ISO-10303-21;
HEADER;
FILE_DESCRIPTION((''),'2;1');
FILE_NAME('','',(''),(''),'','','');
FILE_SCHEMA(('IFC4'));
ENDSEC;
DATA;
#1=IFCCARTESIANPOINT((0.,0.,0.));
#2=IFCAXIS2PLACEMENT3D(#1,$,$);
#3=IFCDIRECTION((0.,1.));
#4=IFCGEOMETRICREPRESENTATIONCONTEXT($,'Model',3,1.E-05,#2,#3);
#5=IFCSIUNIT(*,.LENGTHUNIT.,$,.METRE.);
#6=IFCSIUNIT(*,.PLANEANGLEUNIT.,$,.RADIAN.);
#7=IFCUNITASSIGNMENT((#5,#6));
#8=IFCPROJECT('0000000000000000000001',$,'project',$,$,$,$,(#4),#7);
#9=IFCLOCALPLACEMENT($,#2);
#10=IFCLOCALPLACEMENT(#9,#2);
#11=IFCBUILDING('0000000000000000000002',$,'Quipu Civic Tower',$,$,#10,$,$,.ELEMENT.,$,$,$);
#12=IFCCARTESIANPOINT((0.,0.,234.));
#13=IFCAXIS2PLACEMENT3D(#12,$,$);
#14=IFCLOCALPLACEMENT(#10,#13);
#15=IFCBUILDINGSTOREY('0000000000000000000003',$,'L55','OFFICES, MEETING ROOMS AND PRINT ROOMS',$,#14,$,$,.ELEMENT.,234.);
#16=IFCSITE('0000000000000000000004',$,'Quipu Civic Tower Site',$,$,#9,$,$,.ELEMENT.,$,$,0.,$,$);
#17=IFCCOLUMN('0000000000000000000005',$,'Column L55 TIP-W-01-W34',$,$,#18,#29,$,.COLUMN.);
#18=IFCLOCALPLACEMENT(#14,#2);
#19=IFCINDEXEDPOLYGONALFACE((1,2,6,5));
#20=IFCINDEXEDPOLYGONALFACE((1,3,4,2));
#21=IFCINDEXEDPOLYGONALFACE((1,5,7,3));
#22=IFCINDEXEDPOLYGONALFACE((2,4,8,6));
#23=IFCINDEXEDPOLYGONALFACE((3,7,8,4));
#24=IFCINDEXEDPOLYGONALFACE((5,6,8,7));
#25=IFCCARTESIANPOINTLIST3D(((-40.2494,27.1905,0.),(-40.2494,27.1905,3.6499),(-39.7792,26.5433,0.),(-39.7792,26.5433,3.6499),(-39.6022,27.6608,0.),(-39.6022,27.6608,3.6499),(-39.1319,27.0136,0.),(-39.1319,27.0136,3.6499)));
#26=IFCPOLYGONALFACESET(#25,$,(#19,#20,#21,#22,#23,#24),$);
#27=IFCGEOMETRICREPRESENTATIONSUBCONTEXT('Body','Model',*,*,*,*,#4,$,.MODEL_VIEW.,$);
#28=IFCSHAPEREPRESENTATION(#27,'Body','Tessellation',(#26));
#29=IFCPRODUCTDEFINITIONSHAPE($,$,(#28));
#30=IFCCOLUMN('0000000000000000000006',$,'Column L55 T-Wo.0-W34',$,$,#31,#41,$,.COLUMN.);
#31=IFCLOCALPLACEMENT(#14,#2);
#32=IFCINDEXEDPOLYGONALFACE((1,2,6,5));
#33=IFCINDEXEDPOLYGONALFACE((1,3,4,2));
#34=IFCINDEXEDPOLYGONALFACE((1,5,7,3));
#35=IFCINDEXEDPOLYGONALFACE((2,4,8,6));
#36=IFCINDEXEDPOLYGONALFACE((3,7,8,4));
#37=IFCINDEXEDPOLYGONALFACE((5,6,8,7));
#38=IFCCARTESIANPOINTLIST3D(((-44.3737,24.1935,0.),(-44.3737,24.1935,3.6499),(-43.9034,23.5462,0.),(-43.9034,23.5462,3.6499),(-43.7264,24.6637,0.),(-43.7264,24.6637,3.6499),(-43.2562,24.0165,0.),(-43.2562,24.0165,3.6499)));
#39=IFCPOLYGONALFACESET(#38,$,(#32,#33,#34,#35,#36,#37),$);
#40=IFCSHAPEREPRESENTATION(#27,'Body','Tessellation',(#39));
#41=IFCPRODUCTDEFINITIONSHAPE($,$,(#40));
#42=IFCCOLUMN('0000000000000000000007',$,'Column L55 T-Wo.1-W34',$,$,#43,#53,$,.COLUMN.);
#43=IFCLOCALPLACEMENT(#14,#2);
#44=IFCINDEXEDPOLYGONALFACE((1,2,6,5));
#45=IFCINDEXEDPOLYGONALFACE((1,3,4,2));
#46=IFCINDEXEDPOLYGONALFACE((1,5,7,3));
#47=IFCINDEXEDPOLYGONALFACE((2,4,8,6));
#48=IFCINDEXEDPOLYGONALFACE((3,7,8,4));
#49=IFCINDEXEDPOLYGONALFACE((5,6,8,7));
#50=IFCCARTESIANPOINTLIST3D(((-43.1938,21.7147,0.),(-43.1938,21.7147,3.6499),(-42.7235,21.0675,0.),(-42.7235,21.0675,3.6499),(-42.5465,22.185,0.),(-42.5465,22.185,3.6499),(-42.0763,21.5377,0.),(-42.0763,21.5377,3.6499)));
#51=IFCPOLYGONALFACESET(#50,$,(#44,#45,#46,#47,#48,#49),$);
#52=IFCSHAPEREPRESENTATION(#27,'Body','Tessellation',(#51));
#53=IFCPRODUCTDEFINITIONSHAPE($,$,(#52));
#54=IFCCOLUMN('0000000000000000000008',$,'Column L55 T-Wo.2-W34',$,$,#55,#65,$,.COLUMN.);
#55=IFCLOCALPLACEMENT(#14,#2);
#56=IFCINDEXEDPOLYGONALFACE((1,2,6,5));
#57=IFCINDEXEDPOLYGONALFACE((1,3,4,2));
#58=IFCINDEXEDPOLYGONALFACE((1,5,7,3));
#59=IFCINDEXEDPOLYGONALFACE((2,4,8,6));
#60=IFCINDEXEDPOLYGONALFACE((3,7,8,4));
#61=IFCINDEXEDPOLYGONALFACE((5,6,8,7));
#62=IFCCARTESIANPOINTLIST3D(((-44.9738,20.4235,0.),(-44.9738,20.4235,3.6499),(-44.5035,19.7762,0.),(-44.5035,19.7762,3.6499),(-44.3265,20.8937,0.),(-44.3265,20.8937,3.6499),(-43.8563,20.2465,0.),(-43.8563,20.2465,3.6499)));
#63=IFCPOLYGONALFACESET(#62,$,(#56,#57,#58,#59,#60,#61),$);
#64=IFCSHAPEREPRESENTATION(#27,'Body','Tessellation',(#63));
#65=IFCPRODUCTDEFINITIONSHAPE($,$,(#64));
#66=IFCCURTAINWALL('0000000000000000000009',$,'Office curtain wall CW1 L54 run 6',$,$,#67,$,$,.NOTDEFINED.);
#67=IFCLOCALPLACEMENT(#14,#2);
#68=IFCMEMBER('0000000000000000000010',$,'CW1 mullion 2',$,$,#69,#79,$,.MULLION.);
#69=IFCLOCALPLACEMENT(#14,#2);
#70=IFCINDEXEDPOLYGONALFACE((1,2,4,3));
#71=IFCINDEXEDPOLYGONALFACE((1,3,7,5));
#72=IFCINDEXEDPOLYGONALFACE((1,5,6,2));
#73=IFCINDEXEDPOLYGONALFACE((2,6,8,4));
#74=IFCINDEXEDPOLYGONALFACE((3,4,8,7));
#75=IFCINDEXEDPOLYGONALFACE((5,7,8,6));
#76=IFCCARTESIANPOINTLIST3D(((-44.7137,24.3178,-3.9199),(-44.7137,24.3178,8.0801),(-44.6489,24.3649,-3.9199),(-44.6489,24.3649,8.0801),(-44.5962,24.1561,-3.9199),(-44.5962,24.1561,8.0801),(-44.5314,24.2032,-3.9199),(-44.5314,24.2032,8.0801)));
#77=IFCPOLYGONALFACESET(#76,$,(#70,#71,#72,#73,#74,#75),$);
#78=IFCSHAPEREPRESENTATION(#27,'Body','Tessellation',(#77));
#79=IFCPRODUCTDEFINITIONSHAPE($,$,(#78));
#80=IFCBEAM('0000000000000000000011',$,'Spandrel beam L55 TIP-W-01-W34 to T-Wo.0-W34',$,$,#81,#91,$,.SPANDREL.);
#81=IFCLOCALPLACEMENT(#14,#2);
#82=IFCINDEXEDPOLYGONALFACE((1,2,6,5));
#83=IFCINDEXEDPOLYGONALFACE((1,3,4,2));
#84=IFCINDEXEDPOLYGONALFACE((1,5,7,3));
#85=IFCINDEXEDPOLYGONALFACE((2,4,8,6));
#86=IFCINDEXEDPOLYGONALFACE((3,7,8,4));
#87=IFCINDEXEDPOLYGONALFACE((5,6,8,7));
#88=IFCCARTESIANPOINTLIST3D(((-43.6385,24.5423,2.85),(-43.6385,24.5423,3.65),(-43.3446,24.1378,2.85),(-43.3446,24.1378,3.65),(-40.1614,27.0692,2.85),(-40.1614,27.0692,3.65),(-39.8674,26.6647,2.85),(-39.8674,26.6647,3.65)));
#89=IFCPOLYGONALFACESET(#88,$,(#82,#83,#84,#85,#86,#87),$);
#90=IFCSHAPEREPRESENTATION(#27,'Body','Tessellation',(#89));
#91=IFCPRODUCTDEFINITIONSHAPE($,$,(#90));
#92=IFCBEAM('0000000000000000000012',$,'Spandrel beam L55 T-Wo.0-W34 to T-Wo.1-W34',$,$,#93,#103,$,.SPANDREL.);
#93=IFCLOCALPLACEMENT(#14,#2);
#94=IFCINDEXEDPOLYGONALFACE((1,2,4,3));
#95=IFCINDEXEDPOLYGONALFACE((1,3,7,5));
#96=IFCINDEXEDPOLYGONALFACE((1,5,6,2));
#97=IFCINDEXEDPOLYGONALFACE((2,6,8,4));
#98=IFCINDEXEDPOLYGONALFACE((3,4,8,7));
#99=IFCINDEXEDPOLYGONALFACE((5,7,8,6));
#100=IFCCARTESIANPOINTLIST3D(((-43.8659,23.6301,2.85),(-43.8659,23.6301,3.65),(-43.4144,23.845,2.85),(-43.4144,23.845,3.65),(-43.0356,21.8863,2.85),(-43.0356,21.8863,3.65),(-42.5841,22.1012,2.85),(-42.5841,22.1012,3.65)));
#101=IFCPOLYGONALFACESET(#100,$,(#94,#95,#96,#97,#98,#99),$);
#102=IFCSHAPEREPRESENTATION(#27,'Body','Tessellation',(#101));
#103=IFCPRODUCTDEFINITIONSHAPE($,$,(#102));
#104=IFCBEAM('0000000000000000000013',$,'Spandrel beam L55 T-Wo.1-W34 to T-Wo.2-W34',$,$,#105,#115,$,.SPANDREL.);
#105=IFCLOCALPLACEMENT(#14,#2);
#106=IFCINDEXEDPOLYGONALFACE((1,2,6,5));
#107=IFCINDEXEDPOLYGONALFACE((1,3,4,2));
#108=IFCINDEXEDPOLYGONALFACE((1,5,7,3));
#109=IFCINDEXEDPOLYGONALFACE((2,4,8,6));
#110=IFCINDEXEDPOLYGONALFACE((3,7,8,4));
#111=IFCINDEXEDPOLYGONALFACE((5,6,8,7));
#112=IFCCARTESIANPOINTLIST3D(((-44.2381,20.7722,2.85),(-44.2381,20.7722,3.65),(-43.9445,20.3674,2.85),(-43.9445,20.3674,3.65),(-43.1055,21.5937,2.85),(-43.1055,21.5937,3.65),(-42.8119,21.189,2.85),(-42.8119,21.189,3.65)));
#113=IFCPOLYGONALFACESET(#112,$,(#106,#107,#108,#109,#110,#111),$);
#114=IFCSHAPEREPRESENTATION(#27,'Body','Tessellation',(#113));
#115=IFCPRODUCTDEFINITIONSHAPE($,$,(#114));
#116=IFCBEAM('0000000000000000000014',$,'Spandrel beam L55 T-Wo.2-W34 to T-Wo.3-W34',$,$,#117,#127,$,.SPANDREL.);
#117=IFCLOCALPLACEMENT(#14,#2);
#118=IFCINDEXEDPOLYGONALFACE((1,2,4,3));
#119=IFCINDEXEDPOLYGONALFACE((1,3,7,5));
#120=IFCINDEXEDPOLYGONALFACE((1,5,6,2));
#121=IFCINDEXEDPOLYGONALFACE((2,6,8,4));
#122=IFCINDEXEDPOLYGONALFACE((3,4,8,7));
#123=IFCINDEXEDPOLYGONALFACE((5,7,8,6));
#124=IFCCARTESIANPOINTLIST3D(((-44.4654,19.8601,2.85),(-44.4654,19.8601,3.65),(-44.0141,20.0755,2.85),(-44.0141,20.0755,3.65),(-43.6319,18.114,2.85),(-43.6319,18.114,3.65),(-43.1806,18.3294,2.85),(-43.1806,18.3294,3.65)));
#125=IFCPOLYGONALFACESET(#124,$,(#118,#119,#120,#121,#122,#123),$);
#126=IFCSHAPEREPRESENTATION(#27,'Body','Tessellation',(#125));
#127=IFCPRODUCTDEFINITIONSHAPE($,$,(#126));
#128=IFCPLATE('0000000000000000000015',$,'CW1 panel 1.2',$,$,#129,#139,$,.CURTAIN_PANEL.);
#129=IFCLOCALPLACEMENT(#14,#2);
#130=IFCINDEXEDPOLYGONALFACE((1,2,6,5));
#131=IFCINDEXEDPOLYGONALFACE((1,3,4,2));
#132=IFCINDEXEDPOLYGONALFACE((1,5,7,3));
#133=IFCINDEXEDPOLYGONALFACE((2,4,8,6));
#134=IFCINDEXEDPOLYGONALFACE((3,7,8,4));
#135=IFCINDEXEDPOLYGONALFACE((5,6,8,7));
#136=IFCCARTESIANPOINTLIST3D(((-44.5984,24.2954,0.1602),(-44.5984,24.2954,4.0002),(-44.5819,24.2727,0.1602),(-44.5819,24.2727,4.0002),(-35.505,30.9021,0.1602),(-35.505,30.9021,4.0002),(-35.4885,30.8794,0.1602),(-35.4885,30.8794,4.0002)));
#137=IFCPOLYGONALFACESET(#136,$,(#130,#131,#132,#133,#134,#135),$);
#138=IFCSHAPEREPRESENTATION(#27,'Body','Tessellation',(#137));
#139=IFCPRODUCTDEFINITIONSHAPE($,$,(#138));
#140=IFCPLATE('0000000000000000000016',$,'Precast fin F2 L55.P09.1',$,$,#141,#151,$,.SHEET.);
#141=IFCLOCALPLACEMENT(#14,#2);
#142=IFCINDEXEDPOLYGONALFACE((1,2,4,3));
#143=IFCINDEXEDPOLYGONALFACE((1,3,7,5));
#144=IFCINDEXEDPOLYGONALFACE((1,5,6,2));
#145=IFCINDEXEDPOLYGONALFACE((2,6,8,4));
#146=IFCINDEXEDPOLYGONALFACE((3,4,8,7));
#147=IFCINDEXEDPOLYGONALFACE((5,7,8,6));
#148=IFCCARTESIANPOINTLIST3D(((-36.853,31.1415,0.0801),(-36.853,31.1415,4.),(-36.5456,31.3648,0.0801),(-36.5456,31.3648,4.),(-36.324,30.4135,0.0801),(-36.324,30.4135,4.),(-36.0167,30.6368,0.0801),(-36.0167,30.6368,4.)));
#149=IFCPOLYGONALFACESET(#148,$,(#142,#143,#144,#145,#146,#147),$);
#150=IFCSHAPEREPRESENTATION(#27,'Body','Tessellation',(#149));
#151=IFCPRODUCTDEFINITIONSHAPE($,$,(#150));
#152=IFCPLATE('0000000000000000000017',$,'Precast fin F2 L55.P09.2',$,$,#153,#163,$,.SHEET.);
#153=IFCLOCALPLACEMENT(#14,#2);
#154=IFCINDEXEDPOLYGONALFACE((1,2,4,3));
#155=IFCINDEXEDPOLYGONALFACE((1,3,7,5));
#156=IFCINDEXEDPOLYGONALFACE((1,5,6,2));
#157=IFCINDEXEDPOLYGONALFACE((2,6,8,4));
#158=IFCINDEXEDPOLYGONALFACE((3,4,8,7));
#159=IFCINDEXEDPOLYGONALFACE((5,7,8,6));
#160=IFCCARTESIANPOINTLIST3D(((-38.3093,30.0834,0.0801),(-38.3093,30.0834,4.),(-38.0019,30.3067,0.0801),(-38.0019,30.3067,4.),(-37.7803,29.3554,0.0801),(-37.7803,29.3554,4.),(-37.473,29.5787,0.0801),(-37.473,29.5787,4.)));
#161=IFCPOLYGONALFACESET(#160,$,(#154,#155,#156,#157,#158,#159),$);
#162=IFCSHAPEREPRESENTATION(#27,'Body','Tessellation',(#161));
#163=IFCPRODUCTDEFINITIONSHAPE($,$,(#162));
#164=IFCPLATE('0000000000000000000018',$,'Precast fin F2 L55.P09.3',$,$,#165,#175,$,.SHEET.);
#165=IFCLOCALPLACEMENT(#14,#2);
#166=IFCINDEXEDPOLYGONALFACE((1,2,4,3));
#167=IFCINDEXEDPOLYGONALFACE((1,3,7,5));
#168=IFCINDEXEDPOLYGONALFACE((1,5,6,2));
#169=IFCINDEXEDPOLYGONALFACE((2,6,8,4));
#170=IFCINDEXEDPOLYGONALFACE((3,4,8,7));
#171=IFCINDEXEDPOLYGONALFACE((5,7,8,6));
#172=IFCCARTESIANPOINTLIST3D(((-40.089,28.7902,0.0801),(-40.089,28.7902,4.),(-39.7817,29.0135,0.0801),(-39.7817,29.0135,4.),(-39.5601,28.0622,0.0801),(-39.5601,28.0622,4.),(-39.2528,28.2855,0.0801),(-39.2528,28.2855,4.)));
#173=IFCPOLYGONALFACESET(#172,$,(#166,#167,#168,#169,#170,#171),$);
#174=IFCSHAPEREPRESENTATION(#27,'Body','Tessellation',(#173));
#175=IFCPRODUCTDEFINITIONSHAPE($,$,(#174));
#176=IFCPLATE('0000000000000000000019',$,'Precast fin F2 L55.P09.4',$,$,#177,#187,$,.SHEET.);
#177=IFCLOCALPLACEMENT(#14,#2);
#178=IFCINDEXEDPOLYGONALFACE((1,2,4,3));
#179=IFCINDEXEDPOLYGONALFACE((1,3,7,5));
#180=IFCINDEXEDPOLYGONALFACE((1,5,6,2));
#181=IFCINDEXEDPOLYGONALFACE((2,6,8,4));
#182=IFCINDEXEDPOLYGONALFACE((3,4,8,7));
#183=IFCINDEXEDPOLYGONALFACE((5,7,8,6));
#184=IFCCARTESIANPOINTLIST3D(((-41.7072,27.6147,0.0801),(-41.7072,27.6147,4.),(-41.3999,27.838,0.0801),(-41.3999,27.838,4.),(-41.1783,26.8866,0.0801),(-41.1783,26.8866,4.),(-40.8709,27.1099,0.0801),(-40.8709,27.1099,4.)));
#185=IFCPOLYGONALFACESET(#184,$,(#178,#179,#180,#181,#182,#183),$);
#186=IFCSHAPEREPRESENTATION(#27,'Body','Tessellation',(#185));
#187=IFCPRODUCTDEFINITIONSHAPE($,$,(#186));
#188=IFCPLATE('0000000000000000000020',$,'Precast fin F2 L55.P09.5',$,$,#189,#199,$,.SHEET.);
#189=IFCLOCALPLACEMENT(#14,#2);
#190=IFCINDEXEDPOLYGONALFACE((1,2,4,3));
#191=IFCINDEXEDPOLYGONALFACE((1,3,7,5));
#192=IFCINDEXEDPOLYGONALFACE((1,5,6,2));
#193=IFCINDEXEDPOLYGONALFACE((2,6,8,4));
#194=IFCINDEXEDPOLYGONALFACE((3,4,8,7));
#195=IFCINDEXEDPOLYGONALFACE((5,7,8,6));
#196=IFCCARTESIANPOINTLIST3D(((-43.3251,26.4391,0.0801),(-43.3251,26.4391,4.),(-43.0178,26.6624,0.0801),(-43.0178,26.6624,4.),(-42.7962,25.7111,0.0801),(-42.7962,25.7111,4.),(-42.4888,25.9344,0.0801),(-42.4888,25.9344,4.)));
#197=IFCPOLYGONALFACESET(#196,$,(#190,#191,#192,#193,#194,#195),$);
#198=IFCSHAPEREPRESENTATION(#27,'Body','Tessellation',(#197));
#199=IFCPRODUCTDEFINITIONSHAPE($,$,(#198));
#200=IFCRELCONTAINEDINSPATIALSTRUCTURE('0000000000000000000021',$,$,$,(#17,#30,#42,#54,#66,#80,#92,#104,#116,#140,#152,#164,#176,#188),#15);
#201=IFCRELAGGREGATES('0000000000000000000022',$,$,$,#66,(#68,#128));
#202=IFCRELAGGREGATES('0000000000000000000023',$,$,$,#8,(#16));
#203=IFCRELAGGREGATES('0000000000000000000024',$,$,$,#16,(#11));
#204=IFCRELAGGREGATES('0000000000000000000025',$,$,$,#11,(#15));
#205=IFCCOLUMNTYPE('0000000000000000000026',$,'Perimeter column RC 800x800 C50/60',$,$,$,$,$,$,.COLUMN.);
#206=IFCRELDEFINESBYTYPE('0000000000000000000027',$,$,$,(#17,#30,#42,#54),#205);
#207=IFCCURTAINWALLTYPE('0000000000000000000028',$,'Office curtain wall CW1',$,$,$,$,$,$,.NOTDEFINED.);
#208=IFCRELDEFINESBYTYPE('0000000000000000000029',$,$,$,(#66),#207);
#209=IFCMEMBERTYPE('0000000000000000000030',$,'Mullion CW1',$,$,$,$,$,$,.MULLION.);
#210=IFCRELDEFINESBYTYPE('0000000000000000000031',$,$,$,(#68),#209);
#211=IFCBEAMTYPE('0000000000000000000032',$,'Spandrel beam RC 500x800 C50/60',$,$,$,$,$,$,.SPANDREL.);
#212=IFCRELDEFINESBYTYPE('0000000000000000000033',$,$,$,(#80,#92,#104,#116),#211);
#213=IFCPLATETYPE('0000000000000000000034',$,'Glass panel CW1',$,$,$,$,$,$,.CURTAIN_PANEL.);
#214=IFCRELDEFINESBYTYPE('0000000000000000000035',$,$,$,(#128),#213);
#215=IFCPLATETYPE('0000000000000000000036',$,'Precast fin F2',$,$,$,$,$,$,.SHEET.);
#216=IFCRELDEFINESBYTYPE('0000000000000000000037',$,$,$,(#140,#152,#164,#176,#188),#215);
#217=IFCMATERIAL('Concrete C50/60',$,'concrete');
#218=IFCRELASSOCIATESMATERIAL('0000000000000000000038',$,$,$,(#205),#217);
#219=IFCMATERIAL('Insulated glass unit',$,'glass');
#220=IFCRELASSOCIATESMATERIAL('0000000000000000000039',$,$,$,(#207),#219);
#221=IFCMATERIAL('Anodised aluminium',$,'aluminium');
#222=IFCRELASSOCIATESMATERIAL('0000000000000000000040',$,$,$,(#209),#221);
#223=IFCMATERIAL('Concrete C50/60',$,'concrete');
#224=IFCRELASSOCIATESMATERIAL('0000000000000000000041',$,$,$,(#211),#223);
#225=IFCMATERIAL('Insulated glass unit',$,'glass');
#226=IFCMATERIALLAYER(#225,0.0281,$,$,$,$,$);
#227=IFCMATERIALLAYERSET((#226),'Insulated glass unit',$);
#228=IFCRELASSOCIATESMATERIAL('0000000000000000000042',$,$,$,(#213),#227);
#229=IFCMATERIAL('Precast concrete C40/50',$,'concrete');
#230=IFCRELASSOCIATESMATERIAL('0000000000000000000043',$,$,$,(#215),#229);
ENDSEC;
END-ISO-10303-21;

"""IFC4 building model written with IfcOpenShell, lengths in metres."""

from ifc_helpers import new_model, si_unit, direction, frame, origin, origin_2d, place, context, subcontext, project, spatial, rectangle, extrude, material, layer, layer_set, material_profile, profile_set, type_object, element, aggregate, save


model = new_model("IFC4")

# Units and contexts
model_context = context("Model", 3, precision=1e-05, world=origin(), true_north=direction((0.0, 1.0)))
body_context = subcontext(model_context, "Body", "Model", "MODEL_VIEW")
ifc_project = project(units=[si_unit("LENGTHUNIT", "METRE"), si_unit("PLANEANGLEUNIT", "RADIAN")], contexts=[model_context])

# Site, building, storey
site_placement = place(None, origin())
site = spatial("IfcSite", under=ifc_project, at=site_placement, Name="Quipu Civic Tower Site", CompositionType="ELEMENT", RefElevation=0.0)
building_placement = place(site_placement, origin())
building = spatial("IfcBuilding", under=site, at=building_placement, Name="Quipu Civic Tower", CompositionType="ELEMENT")
storey_placement = place(building_placement, frame((0.0, 0.0, 234.0)))
storey = spatial("IfcBuildingStorey", under=building, at=storey_placement, Name="L55", Description="OFFICES, MEETING ROOMS AND PRINT ROOMS", CompositionType="ELEMENT", Elevation=234.0)

# Columns
ifc_material_1 = material(Name="Concrete C50/60", Category="concrete")
ifc_material_profile_1 = material_profile(ifc_material_1, rectangle(XDim=0.8, YDim=0.8, at=origin_2d()), Name="RC800x800")
ifc_profile_set_1 = profile_set([ifc_material_profile_1], Name="Concrete C50/60")
column_type = type_object("IfcColumnType", Name="Perimeter column RC 800x800 C50/60", PredefinedType="COLUMN", material=ifc_profile_set_1)
for number, where, z_axis, x_axis, name in (
    (1, (-39.6907, 27.1021, 0.0), (0.0, 0.0, 1.0), (-0.809017, -0.587785, 0.0), "Column L55 TIP-W-01-W34"),
    (2, (-43.8149, 24.105, 0.0), (0.0, 0.0, 1.0), (-0.809017, -0.587785, 0.0), "Column L55 T-Wo.0-W34"),
    (3, (-42.635, 21.6262, 0.0), (0.0, 0.0, 1.0), (-0.809017, -0.587785, 0.0), "Column L55 T-Wo.1-W34"),
    (4, (-44.415, 20.335, 0.0), (0.0, 0.0, 1.0), (0.587785, -0.809017, 0.0), "Column L55 T-Wo.2-W34"),
):
    element("IfcColumn", number, at=place(storey_placement, frame(where, z_axis=z_axis, x_axis=x_axis)), inside=storey, type_object=column_type, Name=name, PredefinedType="COLUMN", context=body_context, shape_type="SweptSolid", body=[
        extrude(rectangle(XDim=0.8, YDim=0.8, at=origin_2d()), origin(), (0.0, 0.0, 1.0), 3.6499),
    ])

# Curtain wall, member
ifc_material_2 = material(Name="Insulated glass unit", Category="glass")
curtain_wall_type = type_object("IfcCurtainWallType", Name="Office curtain wall CW1", PredefinedType="NOTDEFINED", material=ifc_material_2)
curtain_wall_placement = place(storey_placement, origin())
curtain_wall = element("IfcCurtainWall", 5, at=curtain_wall_placement, inside=storey, type_object=curtain_wall_type, Name="Office curtain wall CW1 L54 run 6", PredefinedType="NOTDEFINED")
ifc_material_3 = material(Name="Anodised aluminium", Category="aluminium")
ifc_material_profile_2 = material_profile(ifc_material_3, rectangle(XDim=0.2, YDim=0.0801, at=origin_2d()), Name="RECT 200x80")
ifc_profile_set_2 = profile_set([ifc_material_profile_2], Name="Anodised aluminium")
member_type = type_object("IfcMemberType", Name="Mullion CW1", PredefinedType="MULLION", material=ifc_profile_set_2)
member_placement = place(storey_placement, frame((-44.6226, 24.2605, -3.9199), z_axis=(0.0, 0.0, 1.0), x_axis=(0.587788, -0.809015, 0.0)))
member = element("IfcMember", 6, at=member_placement, type_object=member_type, Name="CW1 mullion 2", PredefinedType="MULLION", context=body_context, shape_type="SweptSolid", body=[
    extrude(rectangle(XDim=0.2, YDim=0.0801, at=origin_2d()), origin(), (0.0, 0.0, 1.0), 12.0),
])

# Beams
ifc_material_4 = material(Name="Concrete C50/60", Category="concrete")
ifc_material_profile_3 = material_profile(ifc_material_4, rectangle(XDim=0.5, YDim=0.8, at=origin_2d()), Name="RC500x800")
ifc_profile_set_3 = profile_set([ifc_material_profile_3], Name="Concrete C50/60")
beam_type = type_object("IfcBeamType", Name="Spandrel beam RC 500x800 C50/60", PredefinedType="SPANDREL", material=ifc_profile_set_3)
beam_1_placement = place(storey_placement, frame((-40.0144, 26.8669, 3.25), z_axis=(-0.808947, -0.587881, 0.0), x_axis=(0.587881, -0.808947, 0.0)))
element("IfcBeam", 7, at=beam_1_placement, inside=storey, type_object=beam_type, Name="Spandrel beam L55 TIP-W-01-W34 to T-Wo.0-W34", PredefinedType="SPANDREL", context=body_context, shape_type="SweptSolid", body=[
    extrude(rectangle(XDim=0.5, YDim=0.8, at=origin_2d()), origin(), (0.0, 0.0, 1.0), 4.2983),
])
beam_2_placement = place(storey_placement, frame((-43.6401, 23.7375, 3.25), z_axis=(0.429889, -0.902882, 0.0), x_axis=(0.902882, 0.429889, 0.0)))
element("IfcBeam", 8, at=beam_2_placement, inside=storey, type_object=beam_type, Name="Spandrel beam L55 T-Wo.0-W34 to T-Wo.1-W34", PredefinedType="SPANDREL", context=body_context, shape_type="SweptSolid", body=[
    extrude(rectangle(XDim=0.5, YDim=0.8, at=origin_2d()), origin(), (0.0, 0.0, 1.0), 1.9314),
])
beam_3_placement = place(storey_placement, frame((-42.9587, 21.3914, 3.25), z_axis=(-0.809467, -0.587165, 0.0), x_axis=(0.587165, -0.809467, 0.0)))
element("IfcBeam", 9, at=beam_3_placement, inside=storey, type_object=beam_type, Name="Spandrel beam L55 T-Wo.1-W34 to T-Wo.2-W34", PredefinedType="SPANDREL", context=body_context, shape_type="SweptSolid", body=[
    extrude(rectangle(XDim=0.5, YDim=0.8, at=origin_2d()), origin(), (0.0, 0.0, 1.0), 1.3992),
])
beam_4_placement = place(storey_placement, frame((-44.2397, 19.9678, 3.25), z_axis=(0.430786, -0.902454, 0.0), x_axis=(0.902454, 0.430786, 0.0)))
element("IfcBeam", 10, at=beam_4_placement, inside=storey, type_object=beam_type, Name="Spandrel beam L55 T-Wo.2-W34 to T-Wo.3-W34", PredefinedType="SPANDREL", context=body_context, shape_type="SweptSolid", body=[
    extrude(rectangle(XDim=0.5, YDim=0.8, at=origin_2d()), origin(), (0.0, 0.0, 1.0), 1.9348),
])

# Plate
ifc_material_5 = material(Name="Insulated glass unit", Category="glass")
ifc_layer_1 = layer(ifc_material_5, 0.0281)
ifc_layer_set_1 = layer_set([ifc_layer_1], Name="Insulated glass unit")
plate_type_1 = type_object("IfcPlateType", Name="Glass panel CW1", PredefinedType="CURTAIN_PANEL", material=ifc_layer_set_1)
plate_placement = place(storey_placement, frame((-40.0435, 27.5874, 0.1602), z_axis=(0.0, 0.0, 1.0), x_axis=(-0.809015, -0.587788, 0.0)))
plate = element("IfcPlate", 11, at=plate_placement, type_object=plate_type_1, Name="CW1 panel 1.2", PredefinedType="CURTAIN_PANEL", context=body_context, shape_type="SweptSolid", body=[
    extrude(rectangle(XDim=11.24, YDim=0.0281, at=origin_2d()), origin(), (0.0, 0.0, 1.0), 3.8401),
])
aggregate(curtain_wall, [member, plate])

# Plates
ifc_material_6 = material(Name="Precast concrete C40/50", Category="concrete")
plate_type_2 = type_object("IfcPlateType", Name="Precast fin F2", PredefinedType="SHEET", material=ifc_material_6)
for number, where, z_axis, x_axis, name in (
    (12, (-36.4348, 30.8892, 0.0801), (0.0, 0.0, 1.0), (-0.809017, -0.587785, 0.0), "Precast fin F2 L55.P09.1"),
    (13, (-37.8911, 29.8311, 0.0801), (0.0, 0.0, 1.0), (-0.809017, -0.587785, 0.0), "Precast fin F2 L55.P09.2"),
    (14, (-39.6709, 28.5378, 0.0801), (0.0, 0.0, 1.0), (-0.809017, -0.587785, 0.0), "Precast fin F2 L55.P09.3"),
    (15, (-41.2891, 27.3623, 0.0801), (0.0, 0.0, 1.0), (-0.809017, -0.587785, 0.0), "Precast fin F2 L55.P09.4"),
    (16, (-42.907, 26.1868, 0.0801), (0.0, 0.0, 1.0), (-0.809017, -0.587785, 0.0), "Precast fin F2 L55.P09.5"),
):
    element("IfcPlate", number, at=place(storey_placement, frame(where, z_axis=z_axis, x_axis=x_axis)), inside=storey, type_object=plate_type_2, Name=name, PredefinedType="SHEET", context=body_context, shape_type="SweptSolid", body=[
        extrude(rectangle(XDim=0.3799, YDim=0.8999, at=origin_2d()), origin(), (0.0, 0.0, 1.0), 3.9199),
    ])

save(model, "model.ifc")
